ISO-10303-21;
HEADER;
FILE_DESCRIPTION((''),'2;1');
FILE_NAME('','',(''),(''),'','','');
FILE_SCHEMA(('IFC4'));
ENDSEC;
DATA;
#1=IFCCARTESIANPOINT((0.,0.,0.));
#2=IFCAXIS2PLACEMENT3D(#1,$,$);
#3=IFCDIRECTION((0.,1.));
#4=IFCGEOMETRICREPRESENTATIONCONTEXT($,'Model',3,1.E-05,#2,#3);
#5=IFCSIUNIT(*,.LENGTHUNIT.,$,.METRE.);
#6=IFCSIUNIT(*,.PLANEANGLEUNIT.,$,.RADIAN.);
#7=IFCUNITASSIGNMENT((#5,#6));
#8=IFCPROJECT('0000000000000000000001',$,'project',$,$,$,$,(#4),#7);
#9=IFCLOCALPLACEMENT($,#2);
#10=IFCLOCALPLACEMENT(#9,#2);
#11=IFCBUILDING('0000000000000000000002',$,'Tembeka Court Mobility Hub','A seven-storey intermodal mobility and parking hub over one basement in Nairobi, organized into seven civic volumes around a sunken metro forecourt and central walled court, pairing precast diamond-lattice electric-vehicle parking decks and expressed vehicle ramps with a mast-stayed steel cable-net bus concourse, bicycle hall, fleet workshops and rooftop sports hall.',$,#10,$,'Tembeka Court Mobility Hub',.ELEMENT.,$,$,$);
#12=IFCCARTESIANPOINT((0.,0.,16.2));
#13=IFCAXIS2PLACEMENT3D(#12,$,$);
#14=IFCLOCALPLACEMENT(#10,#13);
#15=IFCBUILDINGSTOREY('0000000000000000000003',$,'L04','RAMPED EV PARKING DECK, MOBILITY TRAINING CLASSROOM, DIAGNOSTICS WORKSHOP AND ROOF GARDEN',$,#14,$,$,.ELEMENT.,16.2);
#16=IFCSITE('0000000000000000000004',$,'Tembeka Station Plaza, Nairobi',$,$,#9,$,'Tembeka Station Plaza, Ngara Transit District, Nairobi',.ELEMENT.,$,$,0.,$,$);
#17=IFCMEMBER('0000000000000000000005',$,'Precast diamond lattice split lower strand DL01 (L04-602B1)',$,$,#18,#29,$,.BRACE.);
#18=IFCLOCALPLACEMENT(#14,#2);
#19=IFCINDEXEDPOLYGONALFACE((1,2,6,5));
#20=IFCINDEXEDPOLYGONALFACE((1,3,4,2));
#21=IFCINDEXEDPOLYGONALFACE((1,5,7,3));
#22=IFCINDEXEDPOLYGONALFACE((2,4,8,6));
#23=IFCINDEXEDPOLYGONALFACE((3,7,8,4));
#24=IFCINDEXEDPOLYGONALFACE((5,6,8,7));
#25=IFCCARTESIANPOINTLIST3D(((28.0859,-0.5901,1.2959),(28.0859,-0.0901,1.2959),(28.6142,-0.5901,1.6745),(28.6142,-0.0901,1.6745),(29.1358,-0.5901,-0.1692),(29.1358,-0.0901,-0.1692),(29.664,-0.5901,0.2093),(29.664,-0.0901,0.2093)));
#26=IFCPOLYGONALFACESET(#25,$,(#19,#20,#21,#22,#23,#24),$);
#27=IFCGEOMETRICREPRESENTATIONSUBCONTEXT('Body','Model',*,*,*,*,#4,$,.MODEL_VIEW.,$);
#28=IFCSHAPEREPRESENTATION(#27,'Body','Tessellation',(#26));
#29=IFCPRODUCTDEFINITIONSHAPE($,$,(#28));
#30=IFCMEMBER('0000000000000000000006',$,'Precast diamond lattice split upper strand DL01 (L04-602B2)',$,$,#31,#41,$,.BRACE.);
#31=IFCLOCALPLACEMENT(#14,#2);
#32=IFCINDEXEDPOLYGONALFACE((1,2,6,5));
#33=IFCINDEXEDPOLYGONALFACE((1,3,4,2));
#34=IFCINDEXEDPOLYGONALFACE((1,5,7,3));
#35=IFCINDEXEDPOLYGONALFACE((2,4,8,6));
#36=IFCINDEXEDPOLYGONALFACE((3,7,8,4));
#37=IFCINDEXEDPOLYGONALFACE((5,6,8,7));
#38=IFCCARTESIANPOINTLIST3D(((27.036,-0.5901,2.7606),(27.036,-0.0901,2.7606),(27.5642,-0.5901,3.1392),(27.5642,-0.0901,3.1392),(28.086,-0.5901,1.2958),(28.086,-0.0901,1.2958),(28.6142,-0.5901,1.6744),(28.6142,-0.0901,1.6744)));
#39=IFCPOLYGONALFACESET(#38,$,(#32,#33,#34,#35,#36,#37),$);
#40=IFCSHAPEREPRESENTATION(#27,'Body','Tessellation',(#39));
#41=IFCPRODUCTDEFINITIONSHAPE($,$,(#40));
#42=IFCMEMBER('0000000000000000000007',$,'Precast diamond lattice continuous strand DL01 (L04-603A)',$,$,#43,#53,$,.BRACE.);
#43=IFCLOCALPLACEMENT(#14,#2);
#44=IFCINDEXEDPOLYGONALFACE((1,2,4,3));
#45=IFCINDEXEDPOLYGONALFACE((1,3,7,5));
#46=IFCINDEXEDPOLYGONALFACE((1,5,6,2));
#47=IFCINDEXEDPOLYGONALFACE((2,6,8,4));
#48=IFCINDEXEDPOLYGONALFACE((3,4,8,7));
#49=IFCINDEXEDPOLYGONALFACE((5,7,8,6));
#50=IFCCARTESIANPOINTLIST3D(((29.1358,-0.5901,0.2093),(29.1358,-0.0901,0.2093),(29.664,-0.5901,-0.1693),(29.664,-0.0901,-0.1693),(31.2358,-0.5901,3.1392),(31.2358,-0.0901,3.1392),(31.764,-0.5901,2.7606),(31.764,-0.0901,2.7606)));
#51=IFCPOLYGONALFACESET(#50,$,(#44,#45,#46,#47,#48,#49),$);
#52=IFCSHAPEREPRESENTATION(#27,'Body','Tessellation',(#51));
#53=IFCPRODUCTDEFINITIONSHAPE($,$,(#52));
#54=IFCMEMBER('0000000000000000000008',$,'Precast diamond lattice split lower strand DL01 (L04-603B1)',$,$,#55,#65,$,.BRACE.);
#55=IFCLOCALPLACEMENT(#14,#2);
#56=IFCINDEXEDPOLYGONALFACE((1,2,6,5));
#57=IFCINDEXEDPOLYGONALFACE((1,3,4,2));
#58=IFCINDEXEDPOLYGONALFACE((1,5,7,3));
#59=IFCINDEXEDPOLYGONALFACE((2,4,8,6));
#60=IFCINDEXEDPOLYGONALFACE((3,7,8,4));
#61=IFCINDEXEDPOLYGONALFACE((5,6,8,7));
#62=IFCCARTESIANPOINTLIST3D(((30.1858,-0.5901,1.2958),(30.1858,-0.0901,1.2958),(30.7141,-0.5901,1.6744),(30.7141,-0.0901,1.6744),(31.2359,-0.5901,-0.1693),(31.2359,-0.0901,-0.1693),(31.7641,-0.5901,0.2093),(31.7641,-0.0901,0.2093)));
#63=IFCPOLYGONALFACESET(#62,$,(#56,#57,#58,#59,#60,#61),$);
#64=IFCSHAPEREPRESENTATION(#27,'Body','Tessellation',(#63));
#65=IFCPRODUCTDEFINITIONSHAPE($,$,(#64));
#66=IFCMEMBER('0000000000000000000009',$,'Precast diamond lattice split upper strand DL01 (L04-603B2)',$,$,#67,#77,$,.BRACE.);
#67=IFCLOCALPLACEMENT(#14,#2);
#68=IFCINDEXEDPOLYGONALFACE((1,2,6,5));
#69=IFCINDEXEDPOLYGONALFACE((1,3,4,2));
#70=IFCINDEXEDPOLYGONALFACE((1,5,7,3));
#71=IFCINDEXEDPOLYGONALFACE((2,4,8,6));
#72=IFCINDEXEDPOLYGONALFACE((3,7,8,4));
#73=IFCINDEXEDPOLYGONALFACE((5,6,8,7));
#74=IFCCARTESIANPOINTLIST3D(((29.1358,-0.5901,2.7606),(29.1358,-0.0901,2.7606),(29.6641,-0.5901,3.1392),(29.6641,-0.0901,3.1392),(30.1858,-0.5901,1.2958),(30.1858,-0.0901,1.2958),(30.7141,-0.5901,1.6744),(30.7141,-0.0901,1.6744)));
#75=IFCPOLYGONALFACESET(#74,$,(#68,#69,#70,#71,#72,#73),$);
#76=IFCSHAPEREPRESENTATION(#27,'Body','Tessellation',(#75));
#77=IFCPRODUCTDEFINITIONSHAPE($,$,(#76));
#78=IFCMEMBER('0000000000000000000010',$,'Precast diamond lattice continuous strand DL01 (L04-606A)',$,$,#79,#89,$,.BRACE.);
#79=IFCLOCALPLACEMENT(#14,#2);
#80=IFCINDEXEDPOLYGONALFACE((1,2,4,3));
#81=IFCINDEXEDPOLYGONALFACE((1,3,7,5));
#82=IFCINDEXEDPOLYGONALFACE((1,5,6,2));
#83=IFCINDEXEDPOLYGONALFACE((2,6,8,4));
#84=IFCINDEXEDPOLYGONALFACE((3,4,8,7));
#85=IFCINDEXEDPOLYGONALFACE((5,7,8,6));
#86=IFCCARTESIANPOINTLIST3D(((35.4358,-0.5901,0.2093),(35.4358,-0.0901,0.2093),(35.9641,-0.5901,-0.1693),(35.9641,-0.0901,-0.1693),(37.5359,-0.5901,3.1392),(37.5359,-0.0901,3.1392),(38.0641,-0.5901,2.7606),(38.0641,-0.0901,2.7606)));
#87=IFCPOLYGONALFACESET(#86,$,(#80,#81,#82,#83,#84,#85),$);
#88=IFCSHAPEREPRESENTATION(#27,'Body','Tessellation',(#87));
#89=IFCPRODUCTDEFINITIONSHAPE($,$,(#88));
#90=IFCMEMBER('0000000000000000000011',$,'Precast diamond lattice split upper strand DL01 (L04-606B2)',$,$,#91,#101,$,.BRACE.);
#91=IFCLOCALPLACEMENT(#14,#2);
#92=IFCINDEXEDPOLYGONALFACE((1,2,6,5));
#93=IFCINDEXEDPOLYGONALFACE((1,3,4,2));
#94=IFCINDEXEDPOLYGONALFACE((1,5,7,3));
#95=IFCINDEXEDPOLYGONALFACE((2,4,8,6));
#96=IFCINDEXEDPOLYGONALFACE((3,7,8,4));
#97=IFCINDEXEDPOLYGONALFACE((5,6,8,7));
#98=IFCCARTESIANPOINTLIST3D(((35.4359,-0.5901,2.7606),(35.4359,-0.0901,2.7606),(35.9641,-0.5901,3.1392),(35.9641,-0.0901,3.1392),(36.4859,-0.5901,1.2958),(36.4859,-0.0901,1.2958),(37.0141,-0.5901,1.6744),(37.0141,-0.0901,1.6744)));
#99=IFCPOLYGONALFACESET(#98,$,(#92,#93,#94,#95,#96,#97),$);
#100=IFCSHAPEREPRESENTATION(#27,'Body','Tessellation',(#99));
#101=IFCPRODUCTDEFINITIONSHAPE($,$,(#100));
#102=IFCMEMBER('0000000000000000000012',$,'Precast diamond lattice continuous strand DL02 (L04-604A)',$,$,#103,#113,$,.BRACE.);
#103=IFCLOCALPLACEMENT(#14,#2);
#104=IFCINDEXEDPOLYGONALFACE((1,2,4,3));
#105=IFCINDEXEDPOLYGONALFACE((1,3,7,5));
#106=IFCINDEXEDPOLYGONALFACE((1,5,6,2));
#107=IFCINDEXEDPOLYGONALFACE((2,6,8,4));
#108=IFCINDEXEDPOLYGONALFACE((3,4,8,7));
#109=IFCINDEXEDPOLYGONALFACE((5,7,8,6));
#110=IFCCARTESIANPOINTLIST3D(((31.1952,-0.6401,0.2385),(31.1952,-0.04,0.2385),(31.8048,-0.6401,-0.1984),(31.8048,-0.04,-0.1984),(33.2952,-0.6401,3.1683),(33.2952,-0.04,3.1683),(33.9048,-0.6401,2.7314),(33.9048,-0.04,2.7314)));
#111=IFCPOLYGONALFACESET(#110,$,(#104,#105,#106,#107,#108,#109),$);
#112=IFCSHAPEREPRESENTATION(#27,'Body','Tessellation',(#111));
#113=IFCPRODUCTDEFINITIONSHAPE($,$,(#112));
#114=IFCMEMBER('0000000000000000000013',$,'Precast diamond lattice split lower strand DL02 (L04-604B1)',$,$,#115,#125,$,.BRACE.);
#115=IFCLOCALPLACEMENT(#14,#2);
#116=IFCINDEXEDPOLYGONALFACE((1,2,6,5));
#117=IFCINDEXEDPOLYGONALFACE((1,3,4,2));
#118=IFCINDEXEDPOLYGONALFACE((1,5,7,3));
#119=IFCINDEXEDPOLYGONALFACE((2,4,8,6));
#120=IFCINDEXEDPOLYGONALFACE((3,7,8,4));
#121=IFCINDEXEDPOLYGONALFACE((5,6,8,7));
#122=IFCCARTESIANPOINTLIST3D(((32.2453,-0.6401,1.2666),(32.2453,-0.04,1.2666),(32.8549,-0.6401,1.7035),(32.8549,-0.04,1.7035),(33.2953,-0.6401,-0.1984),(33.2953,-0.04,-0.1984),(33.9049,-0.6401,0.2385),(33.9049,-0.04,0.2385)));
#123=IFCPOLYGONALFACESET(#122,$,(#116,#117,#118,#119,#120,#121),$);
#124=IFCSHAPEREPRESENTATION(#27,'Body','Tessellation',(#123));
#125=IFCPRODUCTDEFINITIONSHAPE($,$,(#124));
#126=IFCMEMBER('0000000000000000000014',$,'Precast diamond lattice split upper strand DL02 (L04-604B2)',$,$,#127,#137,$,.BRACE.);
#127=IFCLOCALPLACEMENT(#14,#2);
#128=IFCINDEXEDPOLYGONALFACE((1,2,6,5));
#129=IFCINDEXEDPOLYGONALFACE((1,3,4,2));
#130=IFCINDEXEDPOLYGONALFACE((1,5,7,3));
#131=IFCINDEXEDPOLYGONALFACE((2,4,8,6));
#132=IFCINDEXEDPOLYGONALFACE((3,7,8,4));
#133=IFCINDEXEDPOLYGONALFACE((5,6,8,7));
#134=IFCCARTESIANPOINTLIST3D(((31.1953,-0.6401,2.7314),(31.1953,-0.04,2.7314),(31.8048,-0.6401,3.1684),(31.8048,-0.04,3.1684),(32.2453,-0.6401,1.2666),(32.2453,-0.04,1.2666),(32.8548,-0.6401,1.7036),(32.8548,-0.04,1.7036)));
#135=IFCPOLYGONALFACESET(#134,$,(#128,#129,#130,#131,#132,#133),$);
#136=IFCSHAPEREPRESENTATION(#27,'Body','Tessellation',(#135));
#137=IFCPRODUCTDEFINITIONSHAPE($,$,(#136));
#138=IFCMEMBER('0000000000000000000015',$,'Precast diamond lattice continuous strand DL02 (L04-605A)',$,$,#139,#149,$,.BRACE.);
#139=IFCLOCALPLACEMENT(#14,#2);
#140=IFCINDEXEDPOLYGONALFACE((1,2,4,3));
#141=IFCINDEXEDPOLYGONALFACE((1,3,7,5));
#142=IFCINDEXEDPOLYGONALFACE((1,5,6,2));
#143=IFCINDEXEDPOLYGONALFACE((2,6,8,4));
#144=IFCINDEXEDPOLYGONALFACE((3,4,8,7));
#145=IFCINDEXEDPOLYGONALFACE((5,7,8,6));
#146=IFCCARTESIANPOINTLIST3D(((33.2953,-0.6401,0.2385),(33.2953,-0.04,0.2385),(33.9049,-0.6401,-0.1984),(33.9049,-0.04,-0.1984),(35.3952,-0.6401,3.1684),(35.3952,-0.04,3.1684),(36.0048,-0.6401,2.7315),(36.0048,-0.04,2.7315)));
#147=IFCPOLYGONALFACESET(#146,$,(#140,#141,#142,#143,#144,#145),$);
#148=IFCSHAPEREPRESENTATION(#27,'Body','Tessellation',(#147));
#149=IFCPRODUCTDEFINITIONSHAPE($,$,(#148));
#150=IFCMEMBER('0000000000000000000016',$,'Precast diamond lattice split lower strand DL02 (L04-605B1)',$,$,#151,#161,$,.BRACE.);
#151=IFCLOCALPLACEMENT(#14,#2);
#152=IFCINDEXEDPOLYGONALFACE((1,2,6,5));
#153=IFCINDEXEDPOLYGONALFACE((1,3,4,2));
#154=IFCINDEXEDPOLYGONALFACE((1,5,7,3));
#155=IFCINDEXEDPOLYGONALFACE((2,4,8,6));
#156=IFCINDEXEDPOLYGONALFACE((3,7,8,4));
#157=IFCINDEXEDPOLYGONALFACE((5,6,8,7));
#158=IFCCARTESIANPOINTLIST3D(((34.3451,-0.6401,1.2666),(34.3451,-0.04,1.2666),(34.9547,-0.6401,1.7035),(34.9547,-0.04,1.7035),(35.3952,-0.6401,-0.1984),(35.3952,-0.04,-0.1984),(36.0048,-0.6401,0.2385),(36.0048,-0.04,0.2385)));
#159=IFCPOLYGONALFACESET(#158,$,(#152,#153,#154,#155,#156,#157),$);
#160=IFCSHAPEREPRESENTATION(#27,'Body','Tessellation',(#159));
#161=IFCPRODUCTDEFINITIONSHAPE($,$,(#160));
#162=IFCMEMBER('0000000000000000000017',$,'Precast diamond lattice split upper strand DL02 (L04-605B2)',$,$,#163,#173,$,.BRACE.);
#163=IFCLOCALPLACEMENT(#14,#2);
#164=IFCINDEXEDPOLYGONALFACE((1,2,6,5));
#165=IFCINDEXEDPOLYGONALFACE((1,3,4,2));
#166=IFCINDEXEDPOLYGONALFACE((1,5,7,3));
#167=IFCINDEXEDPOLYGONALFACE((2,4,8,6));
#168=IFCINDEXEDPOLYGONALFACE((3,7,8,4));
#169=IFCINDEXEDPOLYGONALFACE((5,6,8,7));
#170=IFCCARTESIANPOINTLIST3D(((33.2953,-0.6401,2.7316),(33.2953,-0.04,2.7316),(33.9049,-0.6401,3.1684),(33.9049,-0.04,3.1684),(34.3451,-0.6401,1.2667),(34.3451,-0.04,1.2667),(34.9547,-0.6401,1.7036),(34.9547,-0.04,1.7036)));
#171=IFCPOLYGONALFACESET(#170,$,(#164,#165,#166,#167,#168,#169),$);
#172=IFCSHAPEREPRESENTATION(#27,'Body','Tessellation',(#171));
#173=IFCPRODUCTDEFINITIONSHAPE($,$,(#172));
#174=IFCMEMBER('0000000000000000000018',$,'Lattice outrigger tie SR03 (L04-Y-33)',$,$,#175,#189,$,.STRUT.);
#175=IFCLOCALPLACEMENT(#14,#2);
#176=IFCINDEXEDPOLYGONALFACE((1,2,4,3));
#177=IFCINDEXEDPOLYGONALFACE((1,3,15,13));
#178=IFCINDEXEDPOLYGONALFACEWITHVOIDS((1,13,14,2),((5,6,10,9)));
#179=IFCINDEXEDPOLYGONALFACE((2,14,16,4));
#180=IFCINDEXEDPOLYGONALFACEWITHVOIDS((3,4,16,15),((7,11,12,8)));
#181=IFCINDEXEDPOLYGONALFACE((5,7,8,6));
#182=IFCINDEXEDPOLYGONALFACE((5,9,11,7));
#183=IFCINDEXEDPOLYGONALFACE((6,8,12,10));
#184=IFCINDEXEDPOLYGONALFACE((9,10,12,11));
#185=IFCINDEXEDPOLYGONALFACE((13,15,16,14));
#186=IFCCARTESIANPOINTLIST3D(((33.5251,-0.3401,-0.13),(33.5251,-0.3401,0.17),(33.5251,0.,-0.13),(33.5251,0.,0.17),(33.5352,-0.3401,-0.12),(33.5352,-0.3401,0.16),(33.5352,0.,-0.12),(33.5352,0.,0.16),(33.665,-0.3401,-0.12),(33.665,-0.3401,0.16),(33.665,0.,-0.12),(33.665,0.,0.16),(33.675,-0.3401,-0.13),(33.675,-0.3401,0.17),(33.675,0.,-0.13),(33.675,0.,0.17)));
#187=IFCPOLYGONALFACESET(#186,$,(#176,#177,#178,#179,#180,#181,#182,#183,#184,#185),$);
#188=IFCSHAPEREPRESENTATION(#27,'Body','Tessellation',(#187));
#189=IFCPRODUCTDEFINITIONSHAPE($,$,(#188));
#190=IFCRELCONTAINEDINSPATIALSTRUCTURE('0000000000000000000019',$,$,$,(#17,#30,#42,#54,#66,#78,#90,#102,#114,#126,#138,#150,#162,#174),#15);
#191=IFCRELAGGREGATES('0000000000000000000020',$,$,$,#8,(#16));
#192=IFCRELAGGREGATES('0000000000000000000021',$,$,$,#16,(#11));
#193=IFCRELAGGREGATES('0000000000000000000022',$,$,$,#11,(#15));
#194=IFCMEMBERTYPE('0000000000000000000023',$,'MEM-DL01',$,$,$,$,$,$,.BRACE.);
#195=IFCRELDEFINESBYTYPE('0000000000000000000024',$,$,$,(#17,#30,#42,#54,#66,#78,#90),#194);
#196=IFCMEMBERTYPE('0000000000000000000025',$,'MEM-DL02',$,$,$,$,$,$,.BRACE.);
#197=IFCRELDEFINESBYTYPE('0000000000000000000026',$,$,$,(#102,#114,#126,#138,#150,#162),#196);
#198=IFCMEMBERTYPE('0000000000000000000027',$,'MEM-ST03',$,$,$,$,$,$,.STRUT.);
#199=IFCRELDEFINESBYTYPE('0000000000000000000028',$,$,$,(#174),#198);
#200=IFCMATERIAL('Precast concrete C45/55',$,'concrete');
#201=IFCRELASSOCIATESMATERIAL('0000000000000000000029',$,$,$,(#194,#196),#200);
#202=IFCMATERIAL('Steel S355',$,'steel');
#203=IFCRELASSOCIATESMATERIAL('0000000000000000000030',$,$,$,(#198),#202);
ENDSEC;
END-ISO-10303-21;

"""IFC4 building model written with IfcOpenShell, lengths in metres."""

from ifc_helpers import new_model, si_unit, direction, frame, origin, origin_2d, place, context, subcontext, project, spatial, rectangle, hollow_rectangle, extrude, material, material_profile, profile_set, type_object, element, save


model = new_model("IFC4")

# Units and contexts
model_context = context("Model", 3, precision=1e-05, world=origin(), true_north=direction((0.0, 1.0)))
body_context = subcontext(model_context, "Body", "Model", "MODEL_VIEW")
ifc_project = project(units=[si_unit("LENGTHUNIT", "METRE"), si_unit("PLANEANGLEUNIT", "RADIAN")], contexts=[model_context])

# Site, building, storey
site_placement = place(None, origin())
site = spatial("IfcSite", under=ifc_project, at=site_placement, Name="Tembeka Station Plaza, Nairobi", LongName="Tembeka Station Plaza, Ngara Transit District, Nairobi", CompositionType="ELEMENT", RefElevation=0.0)
building_placement = place(site_placement, origin())
building = spatial("IfcBuilding", under=site, at=building_placement, Name="Tembeka Court Mobility Hub", Description="A seven-storey intermodal mobility and parking hub over one basement in Nairobi, organized into seven civic volumes around a sunken metro forecourt and central walled court, pairing precast diamond-lattice electric-vehicle parking decks and expressed vehicle ramps with a mast-stayed steel cable-net bus concourse, bicycle hall, fleet workshops and rooftop sports hall.", LongName="Tembeka Court Mobility Hub", CompositionType="ELEMENT")
storey_placement = place(building_placement, frame((0.0, 0.0, 16.2)))
storey = spatial("IfcBuildingStorey", under=building, at=storey_placement, Name="L04", Description="RAMPED EV PARKING DECK, MOBILITY TRAINING CLASSROOM, DIAGNOSTICS WORKSHOP AND ROOF GARDEN", CompositionType="ELEMENT", Elevation=16.2)

# Shared definitions
ifc_material_1 = material(Name="Steel S355", Category="steel")

# Shared definitions
ifc_material_2 = material(Name="Precast concrete C45/55", Category="concrete")

# Members
ifc_material_profile_1 = material_profile(ifc_material_2, rectangle(XDim=0.5, YDim=0.6499, at=origin_2d()), Name="PC-DIAG 500x650")
ifc_profile_set_1 = profile_set([ifc_material_profile_1], Name="Precast concrete C45/55")
member_type_1 = type_object("IfcMemberType", Name="MEM-DL01", PredefinedType="BRACE", material=ifc_profile_set_1)
member_1_placement = place(storey_placement, frame((29.3999, -0.3401, 0.02), z_axis=(-0.582455, 0.0, 0.812863), x_axis=(0.0, -1.0, 0.0)))
element("IfcMember", 1, at=member_1_placement, inside=storey, type_object=member_type_1, Name="Precast diamond lattice split lower strand DL01 (L04-602B1)", PredefinedType="BRACE", context=body_context, shape_type="SweptSolid", body=[
    extrude(rectangle(XDim=0.5, YDim=0.6499, at=origin_2d()), origin(), (0.0, 0.0, 1.0), 1.8025),
])
member_2_placement = place(storey_placement, frame((28.3501, -0.3401, 1.4851), z_axis=(-0.582608, 0.0, 0.812753), x_axis=(0.0, -1.0, 0.0)))
element("IfcMember", 2, at=member_2_placement, inside=storey, type_object=member_type_1, Name="Precast diamond lattice split upper strand DL01 (L04-602B2)", PredefinedType="BRACE", context=body_context, shape_type="SweptSolid", body=[
    extrude(rectangle(XDim=0.5, YDim=0.6499, at=origin_2d()), origin(), (0.0, 0.0, 1.0), 1.8022),
])
member_3_placement = place(storey_placement, frame((29.3999, -0.3401, 0.02), z_axis=(0.582576, 0.0, 0.812776), x_axis=(0.0, 1.0, 0.0)))
element("IfcMember", 3, at=member_3_placement, inside=storey, type_object=member_type_1, Name="Precast diamond lattice continuous strand DL01 (L04-603A)", PredefinedType="BRACE", context=body_context, shape_type="SweptSolid", body=[
    extrude(rectangle(XDim=0.5, YDim=0.6499, at=origin_2d()), origin(), (0.0, 0.0, 1.0), 3.6047),
])
member_4_placement = place(storey_placement, frame((31.5, -0.3401, 0.02), z_axis=(-0.582544, 0.0, 0.812799), x_axis=(0.0, -1.0, 0.0)))
element("IfcMember", 4, at=member_4_placement, inside=storey, type_object=member_type_1, Name="Precast diamond lattice split lower strand DL01 (L04-603B1)", PredefinedType="BRACE", context=body_context, shape_type="SweptSolid", body=[
    extrude(rectangle(XDim=0.5, YDim=0.6499, at=origin_2d()), origin(), (0.0, 0.0, 1.0), 1.8025),
])
member_5_placement = place(storey_placement, frame((30.45, -0.3401, 1.4851), z_axis=(-0.582608, 0.0, 0.812753), x_axis=(0.0, -1.0, 0.0)))
element("IfcMember", 5, at=member_5_placement, inside=storey, type_object=member_type_1, Name="Precast diamond lattice split upper strand DL01 (L04-603B2)", PredefinedType="BRACE", context=body_context, shape_type="SweptSolid", body=[
    extrude(rectangle(XDim=0.5, YDim=0.6499, at=origin_2d()), origin(), (0.0, 0.0, 1.0), 1.8022),
])
member_6_placement = place(storey_placement, frame((35.7, -0.3401, 0.02), z_axis=(0.582576, 0.0, 0.812776), x_axis=(0.0, 1.0, 0.0)))
element("IfcMember", 6, at=member_6_placement, inside=storey, type_object=member_type_1, Name="Precast diamond lattice continuous strand DL01 (L04-606A)", PredefinedType="BRACE", context=body_context, shape_type="SweptSolid", body=[
    extrude(rectangle(XDim=0.5, YDim=0.6499, at=origin_2d()), origin(), (0.0, 0.0, 1.0), 3.6047),
])
member_7_placement = place(storey_placement, frame((36.75, -0.3401, 1.4851), z_axis=(-0.582608, 0.0, 0.812753), x_axis=(0.0, -1.0, 0.0)))
element("IfcMember", 7, at=member_7_placement, inside=storey, type_object=member_type_1, Name="Precast diamond lattice split upper strand DL01 (L04-606B2)", PredefinedType="BRACE", context=body_context, shape_type="SweptSolid", body=[
    extrude(rectangle(XDim=0.5, YDim=0.6499, at=origin_2d()), origin(), (0.0, 0.0, 1.0), 1.8022),
])
ifc_material_profile_2 = material_profile(ifc_material_2, rectangle(XDim=0.6001, YDim=0.75, at=origin_2d()), Name="PC-DIAG 600x750")
ifc_profile_set_2 = profile_set([ifc_material_profile_2], Name="Precast concrete C45/55")
member_type_2 = type_object("IfcMemberType", Name="MEM-DL02", PredefinedType="BRACE", material=ifc_profile_set_2)
member_8_placement = place(storey_placement, frame((31.5, -0.3401, 0.02), z_axis=(0.582576, 0.0, 0.812776), x_axis=(0.0, 1.0, 0.0)))
element("IfcMember", 8, at=member_8_placement, inside=storey, type_object=member_type_2, Name="Precast diamond lattice continuous strand DL02 (L04-604A)", PredefinedType="BRACE", context=body_context, shape_type="SweptSolid", body=[
    extrude(rectangle(XDim=0.6001, YDim=0.75, at=origin_2d()), origin(), (0.0, 0.0, 1.0), 3.6047),
])
member_9_placement = place(storey_placement, frame((33.6001, -0.3401, 0.02), z_axis=(-0.582544, 0.0, 0.812799), x_axis=(0.0, -1.0, 0.0)))
element("IfcMember", 9, at=member_9_placement, inside=storey, type_object=member_type_2, Name="Precast diamond lattice split lower strand DL02 (L04-604B1)", PredefinedType="BRACE", context=body_context, shape_type="SweptSolid", body=[
    extrude(rectangle(XDim=0.6001, YDim=0.75, at=origin_2d()), origin(), (0.0, 0.0, 1.0), 1.8025),
])
member_10_placement = place(storey_placement, frame((32.55, -0.3401, 1.4851), z_axis=(-0.582608, 0.0, 0.812753), x_axis=(0.0, -1.0, 0.0)))
element("IfcMember", 10, at=member_10_placement, inside=storey, type_object=member_type_2, Name="Precast diamond lattice split upper strand DL02 (L04-604B2)", PredefinedType="BRACE", context=body_context, shape_type="SweptSolid", body=[
    extrude(rectangle(XDim=0.6001, YDim=0.75, at=origin_2d()), origin(), (0.0, 0.0, 1.0), 1.8022),
])
member_11_placement = place(storey_placement, frame((33.6001, -0.3401, 0.02), z_axis=(0.582532, 0.0, 0.812808), x_axis=(0.0, 1.0, 0.0)))
element("IfcMember", 11, at=member_11_placement, inside=storey, type_object=member_type_2, Name="Precast diamond lattice continuous strand DL02 (L04-605A)", PredefinedType="BRACE", context=body_context, shape_type="SweptSolid", body=[
    extrude(rectangle(XDim=0.6001, YDim=0.75, at=origin_2d()), origin(), (0.0, 0.0, 1.0), 3.6047),
])
member_12_placement = place(storey_placement, frame((35.7, -0.3401, 0.02), z_axis=(-0.582544, 0.0, 0.812799), x_axis=(0.0, -1.0, 0.0)))
element("IfcMember", 12, at=member_12_placement, inside=storey, type_object=member_type_2, Name="Precast diamond lattice split lower strand DL02 (L04-605B1)", PredefinedType="BRACE", context=body_context, shape_type="SweptSolid", body=[
    extrude(rectangle(XDim=0.6001, YDim=0.75, at=origin_2d()), origin(), (0.0, 0.0, 1.0), 1.8025),
])
member_13_placement = place(storey_placement, frame((34.6499, -0.3401, 1.4851), z_axis=(-0.582519, 0.0, 0.812817), x_axis=(0.0, -1.0, 0.0)))
element("IfcMember", 13, at=member_13_placement, inside=storey, type_object=member_type_2, Name="Precast diamond lattice split upper strand DL02 (L04-605B2)", PredefinedType="BRACE", context=body_context, shape_type="SweptSolid", body=[
    extrude(rectangle(XDim=0.6001, YDim=0.75, at=origin_2d()), origin(), (0.0, 0.0, 1.0), 1.8022),
])
ifc_material_profile_3 = material_profile(ifc_material_1, hollow_rectangle(XDim=0.1499, YDim=0.3, WallThickness=0.01, at=origin_2d()), Name="RHS 300x150x10")
ifc_profile_set_3 = profile_set([ifc_material_profile_3], Name="Steel S355")
member_type_3 = type_object("IfcMemberType", Name="MEM-ST03", PredefinedType="STRUT", material=ifc_profile_set_3)
member_14_placement = place(storey_placement, frame((33.6001, 0.0, 0.02), z_axis=(0.0, -1.0, 0.0), x_axis=(1.0, 0.0, 0.0)))
element("IfcMember", 14, at=member_14_placement, inside=storey, type_object=member_type_3, Name="Lattice outrigger tie SR03 (L04-Y-33)", PredefinedType="STRUT", context=body_context, shape_type="SweptSolid", body=[
    extrude(hollow_rectangle(XDim=0.1499, YDim=0.3, WallThickness=0.01, at=origin_2d()), origin(), (0.0, 0.0, 1.0), 0.3401),
])

save(model, "model.ifc")
